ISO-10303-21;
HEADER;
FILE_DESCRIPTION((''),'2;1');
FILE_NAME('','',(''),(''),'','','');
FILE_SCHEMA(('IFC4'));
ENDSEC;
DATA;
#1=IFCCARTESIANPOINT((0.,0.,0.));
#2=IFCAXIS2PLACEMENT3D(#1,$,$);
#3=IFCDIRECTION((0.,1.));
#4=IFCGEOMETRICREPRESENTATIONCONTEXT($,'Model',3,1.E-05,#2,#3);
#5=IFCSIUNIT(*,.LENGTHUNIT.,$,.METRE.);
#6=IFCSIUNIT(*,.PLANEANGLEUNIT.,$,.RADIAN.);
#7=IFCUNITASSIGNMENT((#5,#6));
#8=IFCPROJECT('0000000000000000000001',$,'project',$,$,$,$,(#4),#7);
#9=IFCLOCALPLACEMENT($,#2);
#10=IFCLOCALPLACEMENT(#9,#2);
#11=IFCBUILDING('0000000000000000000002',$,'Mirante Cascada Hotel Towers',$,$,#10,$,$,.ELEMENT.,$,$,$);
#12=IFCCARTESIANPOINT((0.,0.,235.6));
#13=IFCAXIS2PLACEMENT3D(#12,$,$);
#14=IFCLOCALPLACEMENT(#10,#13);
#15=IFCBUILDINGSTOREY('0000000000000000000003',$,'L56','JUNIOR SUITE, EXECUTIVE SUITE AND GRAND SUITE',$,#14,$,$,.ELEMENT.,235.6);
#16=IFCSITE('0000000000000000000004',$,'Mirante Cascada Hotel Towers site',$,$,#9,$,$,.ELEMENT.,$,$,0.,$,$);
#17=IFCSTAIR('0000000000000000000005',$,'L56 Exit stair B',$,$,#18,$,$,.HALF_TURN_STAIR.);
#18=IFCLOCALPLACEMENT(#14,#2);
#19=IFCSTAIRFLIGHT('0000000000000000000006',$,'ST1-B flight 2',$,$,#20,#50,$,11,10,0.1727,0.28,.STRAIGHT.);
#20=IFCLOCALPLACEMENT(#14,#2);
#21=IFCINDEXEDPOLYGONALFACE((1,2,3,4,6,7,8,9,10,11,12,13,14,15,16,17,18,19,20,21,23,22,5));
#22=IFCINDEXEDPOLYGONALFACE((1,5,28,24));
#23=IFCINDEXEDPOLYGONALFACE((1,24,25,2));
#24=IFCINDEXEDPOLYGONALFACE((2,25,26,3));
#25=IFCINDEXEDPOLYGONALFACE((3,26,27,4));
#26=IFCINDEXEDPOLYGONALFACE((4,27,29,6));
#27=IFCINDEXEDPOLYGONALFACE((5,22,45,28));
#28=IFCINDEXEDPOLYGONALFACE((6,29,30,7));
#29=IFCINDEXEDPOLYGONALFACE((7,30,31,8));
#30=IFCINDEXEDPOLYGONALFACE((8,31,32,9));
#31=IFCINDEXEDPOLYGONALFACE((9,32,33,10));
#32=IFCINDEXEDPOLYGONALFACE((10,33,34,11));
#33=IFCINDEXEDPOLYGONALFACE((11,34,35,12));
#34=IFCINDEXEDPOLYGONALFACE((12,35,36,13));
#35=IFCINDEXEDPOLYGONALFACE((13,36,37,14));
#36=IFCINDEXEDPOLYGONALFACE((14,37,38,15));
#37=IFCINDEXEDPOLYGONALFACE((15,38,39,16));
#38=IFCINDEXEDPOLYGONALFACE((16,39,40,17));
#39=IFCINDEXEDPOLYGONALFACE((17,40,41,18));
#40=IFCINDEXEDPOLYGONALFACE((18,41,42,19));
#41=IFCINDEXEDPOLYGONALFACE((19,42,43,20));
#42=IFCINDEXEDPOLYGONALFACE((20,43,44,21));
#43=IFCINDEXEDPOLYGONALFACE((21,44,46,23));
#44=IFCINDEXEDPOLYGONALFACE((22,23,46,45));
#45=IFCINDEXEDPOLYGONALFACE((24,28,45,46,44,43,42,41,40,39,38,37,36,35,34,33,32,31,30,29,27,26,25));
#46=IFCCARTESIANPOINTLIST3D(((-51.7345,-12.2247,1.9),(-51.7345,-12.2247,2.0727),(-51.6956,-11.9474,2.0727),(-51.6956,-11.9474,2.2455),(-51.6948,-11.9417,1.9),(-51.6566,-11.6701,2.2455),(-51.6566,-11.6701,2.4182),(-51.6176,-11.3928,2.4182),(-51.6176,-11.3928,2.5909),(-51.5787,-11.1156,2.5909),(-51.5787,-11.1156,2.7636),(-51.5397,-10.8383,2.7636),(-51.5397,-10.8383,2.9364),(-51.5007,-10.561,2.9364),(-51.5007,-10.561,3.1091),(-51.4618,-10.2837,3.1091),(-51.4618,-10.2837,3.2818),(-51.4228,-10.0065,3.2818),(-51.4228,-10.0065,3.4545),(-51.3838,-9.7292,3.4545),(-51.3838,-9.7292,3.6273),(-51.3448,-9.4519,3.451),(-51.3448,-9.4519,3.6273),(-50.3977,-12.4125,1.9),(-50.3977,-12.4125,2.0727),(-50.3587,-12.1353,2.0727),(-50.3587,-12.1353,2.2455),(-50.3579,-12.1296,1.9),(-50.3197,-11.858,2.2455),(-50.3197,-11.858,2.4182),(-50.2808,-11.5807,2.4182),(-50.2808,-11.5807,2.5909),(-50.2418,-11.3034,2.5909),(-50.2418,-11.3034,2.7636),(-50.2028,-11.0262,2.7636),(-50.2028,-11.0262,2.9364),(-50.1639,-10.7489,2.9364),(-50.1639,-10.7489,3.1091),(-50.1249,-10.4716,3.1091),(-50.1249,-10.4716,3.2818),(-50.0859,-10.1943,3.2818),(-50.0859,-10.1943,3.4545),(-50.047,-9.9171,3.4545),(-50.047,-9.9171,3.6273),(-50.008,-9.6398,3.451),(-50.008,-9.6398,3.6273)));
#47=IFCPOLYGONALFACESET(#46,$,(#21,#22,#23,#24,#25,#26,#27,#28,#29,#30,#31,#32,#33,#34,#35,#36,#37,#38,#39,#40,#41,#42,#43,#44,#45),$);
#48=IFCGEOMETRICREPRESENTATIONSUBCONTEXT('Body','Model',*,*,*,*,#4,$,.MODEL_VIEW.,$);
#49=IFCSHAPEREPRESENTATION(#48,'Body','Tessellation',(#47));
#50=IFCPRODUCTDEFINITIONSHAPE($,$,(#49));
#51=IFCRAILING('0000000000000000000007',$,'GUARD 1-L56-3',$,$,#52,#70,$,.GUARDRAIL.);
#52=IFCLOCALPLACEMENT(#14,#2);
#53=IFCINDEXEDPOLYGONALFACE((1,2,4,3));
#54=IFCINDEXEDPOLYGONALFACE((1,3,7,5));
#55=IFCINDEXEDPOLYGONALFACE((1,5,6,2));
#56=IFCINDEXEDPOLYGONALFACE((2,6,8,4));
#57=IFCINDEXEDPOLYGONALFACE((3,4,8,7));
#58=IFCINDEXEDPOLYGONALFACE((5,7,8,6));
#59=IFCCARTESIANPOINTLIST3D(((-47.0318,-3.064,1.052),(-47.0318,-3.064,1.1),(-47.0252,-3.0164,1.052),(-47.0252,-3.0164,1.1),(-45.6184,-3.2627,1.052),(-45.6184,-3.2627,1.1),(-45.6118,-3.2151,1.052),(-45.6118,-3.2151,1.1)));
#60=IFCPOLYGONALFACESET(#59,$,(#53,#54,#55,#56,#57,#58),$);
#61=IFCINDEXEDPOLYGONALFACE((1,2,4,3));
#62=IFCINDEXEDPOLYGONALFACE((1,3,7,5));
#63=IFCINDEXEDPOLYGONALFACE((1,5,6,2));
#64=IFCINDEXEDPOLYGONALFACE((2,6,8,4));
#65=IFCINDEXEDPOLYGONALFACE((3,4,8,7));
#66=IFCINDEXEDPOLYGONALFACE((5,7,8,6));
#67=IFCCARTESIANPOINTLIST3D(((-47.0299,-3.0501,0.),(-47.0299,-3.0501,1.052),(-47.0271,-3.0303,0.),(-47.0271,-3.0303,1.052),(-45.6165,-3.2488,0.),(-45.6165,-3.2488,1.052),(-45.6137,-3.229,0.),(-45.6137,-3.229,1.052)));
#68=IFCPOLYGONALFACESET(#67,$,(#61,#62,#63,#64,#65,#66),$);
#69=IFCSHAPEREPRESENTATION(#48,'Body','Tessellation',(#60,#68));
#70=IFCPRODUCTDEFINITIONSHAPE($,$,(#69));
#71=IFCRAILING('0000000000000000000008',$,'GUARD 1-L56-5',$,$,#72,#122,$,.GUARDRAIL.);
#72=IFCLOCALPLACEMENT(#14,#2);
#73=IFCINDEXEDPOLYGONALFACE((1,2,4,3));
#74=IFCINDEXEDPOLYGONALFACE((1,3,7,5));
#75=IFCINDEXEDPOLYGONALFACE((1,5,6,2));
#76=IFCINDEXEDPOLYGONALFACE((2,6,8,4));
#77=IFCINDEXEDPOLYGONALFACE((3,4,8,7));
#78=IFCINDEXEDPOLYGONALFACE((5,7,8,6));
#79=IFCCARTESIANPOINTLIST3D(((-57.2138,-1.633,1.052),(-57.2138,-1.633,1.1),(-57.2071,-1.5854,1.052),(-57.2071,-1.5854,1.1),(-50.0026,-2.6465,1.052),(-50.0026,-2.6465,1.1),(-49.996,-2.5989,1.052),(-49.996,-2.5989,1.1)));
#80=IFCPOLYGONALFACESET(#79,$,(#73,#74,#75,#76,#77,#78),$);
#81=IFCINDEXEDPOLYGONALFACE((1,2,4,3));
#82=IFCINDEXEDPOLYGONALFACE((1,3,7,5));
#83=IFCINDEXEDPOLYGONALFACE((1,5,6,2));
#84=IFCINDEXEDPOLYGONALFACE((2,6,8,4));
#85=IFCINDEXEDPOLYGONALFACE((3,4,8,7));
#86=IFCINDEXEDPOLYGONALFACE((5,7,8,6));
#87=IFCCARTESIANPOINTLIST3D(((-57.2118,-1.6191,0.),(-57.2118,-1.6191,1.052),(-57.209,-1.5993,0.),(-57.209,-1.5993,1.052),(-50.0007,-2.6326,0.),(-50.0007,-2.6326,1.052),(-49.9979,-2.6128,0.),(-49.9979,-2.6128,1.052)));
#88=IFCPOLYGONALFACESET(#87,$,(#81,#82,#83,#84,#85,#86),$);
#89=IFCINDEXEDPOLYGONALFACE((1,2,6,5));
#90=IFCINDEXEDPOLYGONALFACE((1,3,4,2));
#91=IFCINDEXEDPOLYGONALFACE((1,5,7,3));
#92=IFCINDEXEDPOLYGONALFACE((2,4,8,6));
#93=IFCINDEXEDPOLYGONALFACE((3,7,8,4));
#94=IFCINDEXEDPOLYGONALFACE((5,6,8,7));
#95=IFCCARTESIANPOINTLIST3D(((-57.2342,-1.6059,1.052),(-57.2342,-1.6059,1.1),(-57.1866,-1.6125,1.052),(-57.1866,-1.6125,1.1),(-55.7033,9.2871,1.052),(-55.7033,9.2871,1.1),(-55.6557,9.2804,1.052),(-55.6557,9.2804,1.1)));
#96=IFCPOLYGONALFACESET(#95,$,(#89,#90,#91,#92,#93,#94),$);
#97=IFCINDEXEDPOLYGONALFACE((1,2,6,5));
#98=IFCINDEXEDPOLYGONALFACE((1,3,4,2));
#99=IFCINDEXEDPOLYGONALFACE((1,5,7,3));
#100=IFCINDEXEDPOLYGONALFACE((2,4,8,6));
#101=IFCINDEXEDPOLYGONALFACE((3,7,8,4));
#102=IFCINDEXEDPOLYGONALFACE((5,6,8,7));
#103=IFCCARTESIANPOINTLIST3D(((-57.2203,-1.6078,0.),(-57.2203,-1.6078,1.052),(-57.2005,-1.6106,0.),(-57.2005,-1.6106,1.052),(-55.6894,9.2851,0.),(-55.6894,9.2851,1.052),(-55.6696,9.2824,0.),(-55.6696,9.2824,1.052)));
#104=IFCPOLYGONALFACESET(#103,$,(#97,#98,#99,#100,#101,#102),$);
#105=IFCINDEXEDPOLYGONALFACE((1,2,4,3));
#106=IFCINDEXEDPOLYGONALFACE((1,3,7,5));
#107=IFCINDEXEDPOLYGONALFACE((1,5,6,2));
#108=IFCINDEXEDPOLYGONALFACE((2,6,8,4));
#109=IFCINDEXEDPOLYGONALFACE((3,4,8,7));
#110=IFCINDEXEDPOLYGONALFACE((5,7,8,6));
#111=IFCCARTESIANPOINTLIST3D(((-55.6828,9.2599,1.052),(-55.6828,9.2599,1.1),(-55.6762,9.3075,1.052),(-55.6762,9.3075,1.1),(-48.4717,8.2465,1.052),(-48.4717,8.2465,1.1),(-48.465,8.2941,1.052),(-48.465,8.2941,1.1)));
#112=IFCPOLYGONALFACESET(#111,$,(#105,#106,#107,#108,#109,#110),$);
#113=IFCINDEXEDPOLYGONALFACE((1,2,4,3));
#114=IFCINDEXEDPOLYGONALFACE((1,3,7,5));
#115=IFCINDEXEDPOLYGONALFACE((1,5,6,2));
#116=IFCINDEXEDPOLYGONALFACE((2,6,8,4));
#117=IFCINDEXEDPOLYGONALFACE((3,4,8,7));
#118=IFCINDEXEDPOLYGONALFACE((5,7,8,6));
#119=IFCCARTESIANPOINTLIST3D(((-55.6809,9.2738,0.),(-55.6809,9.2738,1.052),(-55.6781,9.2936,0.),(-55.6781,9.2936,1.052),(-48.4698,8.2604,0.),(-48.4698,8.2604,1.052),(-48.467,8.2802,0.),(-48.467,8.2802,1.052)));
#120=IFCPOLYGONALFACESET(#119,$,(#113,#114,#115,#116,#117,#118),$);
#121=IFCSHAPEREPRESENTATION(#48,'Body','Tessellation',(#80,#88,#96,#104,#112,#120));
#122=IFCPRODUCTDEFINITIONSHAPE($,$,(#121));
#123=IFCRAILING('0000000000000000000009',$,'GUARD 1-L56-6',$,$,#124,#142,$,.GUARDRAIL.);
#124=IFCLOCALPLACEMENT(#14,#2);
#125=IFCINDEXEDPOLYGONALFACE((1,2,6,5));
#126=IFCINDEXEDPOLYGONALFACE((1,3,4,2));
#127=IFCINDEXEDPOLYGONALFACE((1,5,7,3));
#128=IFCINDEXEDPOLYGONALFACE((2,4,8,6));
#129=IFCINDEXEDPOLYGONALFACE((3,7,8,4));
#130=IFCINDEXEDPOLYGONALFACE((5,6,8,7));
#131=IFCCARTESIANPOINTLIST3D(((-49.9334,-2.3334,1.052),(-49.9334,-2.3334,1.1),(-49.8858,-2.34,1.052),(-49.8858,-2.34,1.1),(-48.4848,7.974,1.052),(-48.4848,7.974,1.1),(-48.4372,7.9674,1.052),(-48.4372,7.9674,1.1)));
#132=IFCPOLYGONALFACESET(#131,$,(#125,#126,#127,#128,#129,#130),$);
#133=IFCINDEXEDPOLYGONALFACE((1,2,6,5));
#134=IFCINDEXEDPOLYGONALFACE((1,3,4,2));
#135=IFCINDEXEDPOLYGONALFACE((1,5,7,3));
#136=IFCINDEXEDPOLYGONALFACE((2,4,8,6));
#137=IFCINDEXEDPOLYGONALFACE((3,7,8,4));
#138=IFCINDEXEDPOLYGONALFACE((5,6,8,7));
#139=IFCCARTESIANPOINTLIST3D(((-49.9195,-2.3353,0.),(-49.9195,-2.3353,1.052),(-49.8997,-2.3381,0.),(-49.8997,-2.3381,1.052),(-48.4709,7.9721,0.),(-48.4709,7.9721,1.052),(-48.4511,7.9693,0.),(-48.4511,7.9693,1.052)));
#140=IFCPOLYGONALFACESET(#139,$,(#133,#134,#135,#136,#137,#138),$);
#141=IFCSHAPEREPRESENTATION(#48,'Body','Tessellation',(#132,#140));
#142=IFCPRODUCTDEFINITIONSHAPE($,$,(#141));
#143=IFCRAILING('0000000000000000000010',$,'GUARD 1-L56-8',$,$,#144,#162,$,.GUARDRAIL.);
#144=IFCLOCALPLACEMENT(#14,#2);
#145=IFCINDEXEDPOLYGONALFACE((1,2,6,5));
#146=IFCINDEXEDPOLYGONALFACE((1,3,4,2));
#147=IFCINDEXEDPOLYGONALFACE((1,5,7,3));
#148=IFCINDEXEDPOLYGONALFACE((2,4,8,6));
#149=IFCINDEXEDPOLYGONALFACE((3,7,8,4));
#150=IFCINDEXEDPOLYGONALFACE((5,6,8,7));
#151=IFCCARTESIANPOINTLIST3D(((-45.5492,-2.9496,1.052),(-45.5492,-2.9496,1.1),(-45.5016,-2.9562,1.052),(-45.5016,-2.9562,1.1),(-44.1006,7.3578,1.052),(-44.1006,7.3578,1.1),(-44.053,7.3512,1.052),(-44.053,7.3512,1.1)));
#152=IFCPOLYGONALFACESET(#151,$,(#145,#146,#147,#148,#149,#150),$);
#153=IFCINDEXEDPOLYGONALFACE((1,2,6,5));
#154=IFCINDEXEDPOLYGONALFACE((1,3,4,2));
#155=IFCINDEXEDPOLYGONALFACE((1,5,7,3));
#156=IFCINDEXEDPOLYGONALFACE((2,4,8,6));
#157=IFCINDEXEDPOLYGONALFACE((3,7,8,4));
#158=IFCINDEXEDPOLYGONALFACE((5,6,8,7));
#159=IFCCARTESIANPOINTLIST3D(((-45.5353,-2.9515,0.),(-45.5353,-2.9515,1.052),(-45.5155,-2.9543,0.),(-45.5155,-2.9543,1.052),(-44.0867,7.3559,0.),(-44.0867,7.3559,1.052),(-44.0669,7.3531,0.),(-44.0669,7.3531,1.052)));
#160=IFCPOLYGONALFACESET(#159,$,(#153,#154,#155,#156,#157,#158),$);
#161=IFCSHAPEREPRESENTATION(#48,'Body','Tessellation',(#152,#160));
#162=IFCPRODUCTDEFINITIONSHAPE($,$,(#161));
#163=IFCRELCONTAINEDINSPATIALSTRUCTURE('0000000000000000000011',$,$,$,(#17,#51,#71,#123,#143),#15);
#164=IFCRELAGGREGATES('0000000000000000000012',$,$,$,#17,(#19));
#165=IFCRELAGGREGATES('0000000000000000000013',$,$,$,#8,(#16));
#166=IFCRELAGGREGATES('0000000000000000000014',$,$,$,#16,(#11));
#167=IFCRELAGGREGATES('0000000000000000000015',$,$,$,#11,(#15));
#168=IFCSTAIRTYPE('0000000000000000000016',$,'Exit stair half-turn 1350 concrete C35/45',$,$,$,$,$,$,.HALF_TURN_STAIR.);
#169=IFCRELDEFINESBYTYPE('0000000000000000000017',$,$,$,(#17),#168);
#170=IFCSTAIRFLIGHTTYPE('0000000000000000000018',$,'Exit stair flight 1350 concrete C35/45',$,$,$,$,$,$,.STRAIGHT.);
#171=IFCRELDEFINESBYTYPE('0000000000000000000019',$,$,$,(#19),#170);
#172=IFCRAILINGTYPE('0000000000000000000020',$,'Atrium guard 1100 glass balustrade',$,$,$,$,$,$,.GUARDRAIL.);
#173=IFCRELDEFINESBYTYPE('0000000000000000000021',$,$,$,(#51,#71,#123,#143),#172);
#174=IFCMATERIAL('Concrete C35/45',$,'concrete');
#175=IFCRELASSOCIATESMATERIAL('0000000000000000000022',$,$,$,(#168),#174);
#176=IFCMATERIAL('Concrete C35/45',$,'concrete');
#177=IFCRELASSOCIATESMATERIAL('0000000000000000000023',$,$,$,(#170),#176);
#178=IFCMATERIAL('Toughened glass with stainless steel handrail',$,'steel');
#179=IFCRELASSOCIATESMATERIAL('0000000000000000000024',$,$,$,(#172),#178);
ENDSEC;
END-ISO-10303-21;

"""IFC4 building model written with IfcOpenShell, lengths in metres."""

from ifc_helpers import new_model, si_unit, direction, frame, origin, origin_2d, place, context, subcontext, project, spatial, polyline, rectangle, outline, extrude, material, type_object, element, aggregate, save


model = new_model("IFC4")

# Units and contexts
model_context = context("Model", 3, precision=1e-05, world=origin(), true_north=direction((0.0, 1.0)))
body_context = subcontext(model_context, "Body", "Model", "MODEL_VIEW")
ifc_project = project(units=[si_unit("LENGTHUNIT", "METRE"), si_unit("PLANEANGLEUNIT", "RADIAN")], contexts=[model_context])

# Site, building, storey
site_placement = place(None, origin())
site = spatial("IfcSite", under=ifc_project, at=site_placement, Name="Mirante Cascada Hotel Towers site", CompositionType="ELEMENT", RefElevation=0.0)
building_placement = place(site_placement, origin())
building = spatial("IfcBuilding", under=site, at=building_placement, Name="Mirante Cascada Hotel Towers", CompositionType="ELEMENT")
storey_placement = place(building_placement, frame((0.0, 0.0, 235.6)))
storey = spatial("IfcBuildingStorey", under=building, at=storey_placement, Name="L56", Description="JUNIOR SUITE, EXECUTIVE SUITE AND GRAND SUITE", CompositionType="ELEMENT", Elevation=235.6)

# Stair, stair flight
ifc_material_1 = material(Name="Concrete C35/45", Category="concrete")
stair_type = type_object("IfcStairType", Name="Exit stair half-turn 1350 concrete C35/45", PredefinedType="HALF_TURN_STAIR", material=ifc_material_1)
stair_placement = place(storey_placement, origin())
stair = element("IfcStair", 1, at=stair_placement, inside=storey, type_object=stair_type, Name="L56 Exit stair B", PredefinedType="HALF_TURN_STAIR")
ifc_material_2 = material(Name="Concrete C35/45", Category="concrete")
stair_flight_type = type_object("IfcStairFlightType", Name="Exit stair flight 1350 concrete C35/45", PredefinedType="STRAIGHT", material=ifc_material_2)
stair_flight_1_placement = place(storey_placement, frame((-51.0661, -12.3186, 1.9), z_axis=(0.0, 0.0, 1.0), x_axis=(0.139173, 0.990268, 0.0)))
stair_flight_1 = element("IfcStairFlight", 2, at=stair_flight_1_placement, type_object=stair_flight_type, Name="ST1-B flight 2", NumberOfRisers=11, NumberOfTreads=10, PredefinedType="STRAIGHT", RiserHeight=0.1727, TreadLength=0.28, context=body_context, shape_type="SweptSolid", body=[
    extrude(outline(polyline([(0.0, 0.0), (0.0, 0.1727), (0.28, 0.1727), (0.28, 0.3455), (0.56, 0.3455), (0.56, 0.5182), (0.84, 0.5182), (0.84, 0.6909), (1.12, 0.6909), (1.12, 0.8636), (1.4, 0.8636), (1.4, 1.0364), (1.68, 1.0364), (1.68, 1.2091), (1.96, 1.2091), (1.96, 1.3818), (2.24, 1.3818), (2.24, 1.5545), (2.52, 1.5545), (2.52, 1.7273), (2.8, 1.7273), (2.8, 1.9), (2.8, 1.551), (0.2857, 0.0), (0.0, 0.0)])), frame((0.0, 0.675, 0.0), z_axis=(0.0, -1.0, 0.0), x_axis=(1.0, 0.0, 0.0)), (0.0, 0.0, 1.0), 1.35),
])
aggregate(stair, [stair_flight_1])

# Railings
ifc_material_3 = material(Name="Toughened glass with stainless steel handrail", Category="steel")
railing_type_1 = type_object("IfcRailingType", Name="Atrium guard 1100 glass balustrade", PredefinedType="GUARDRAIL", material=ifc_material_3)
railing_1_placement = place(storey_placement, frame((-45.6151, -3.2389, 0.0)))
element("IfcRailing", 3, at=railing_1_placement, inside=storey, type_object=railing_type_1, Name="GUARD 1-L56-3", PredefinedType="GUARDRAIL", context=body_context, shape_type="SweptSolid", body=[
    extrude(rectangle(XDim=0.048, YDim=0.048, at=origin_2d()), frame((0.0, 0.0, 1.076), z_axis=(-0.990262, 0.139214, 0.0), x_axis=(-0.139214, -0.990262, 0.0)), (0.0, 0.0, 1.0), 1.4273),
    extrude(rectangle(XDim=0.02, YDim=1.052, at=origin_2d()), frame((0.0, 0.0, 0.526), z_axis=(-0.990262, 0.139214, 0.0), x_axis=(-0.139214, -0.990262, 0.0)), (0.0, 0.0, 1.0), 1.4273),
])
railing_2_placement = place(storey_placement, frame((-49.9993, -2.6227, 0.0)))
element("IfcRailing", 4, at=railing_2_placement, inside=storey, type_object=railing_type_1, Name="GUARD 1-L56-5", PredefinedType="GUARDRAIL", context=body_context, shape_type="SweptSolid", body=[
    extrude(rectangle(XDim=0.048, YDim=0.048, at=origin_2d()), frame((0.0, 0.0, 1.076), z_axis=(-0.990267, 0.139179, 0.0), x_axis=(-0.139179, -0.990267, 0.0)), (0.0, 0.0, 1.0), 7.282),
    extrude(rectangle(XDim=0.02, YDim=1.052, at=origin_2d()), frame((0.0, 0.0, 0.526), z_axis=(-0.990267, 0.139179, 0.0), x_axis=(-0.139179, -0.990267, 0.0)), (0.0, 0.0, 1.0), 7.282),
    extrude(rectangle(XDim=0.048, YDim=0.048, at=origin_2d()), frame((-7.2111, 1.0135, 1.076), z_axis=(0.139173, 0.990268, 0.0), x_axis=(-0.990268, 0.139173, 0.0)), (0.0, 0.0, 1.0), 11.0),
    extrude(rectangle(XDim=0.02, YDim=1.052, at=origin_2d()), frame((-7.2111, 1.0135, 0.526), z_axis=(0.139173, 0.990268, 0.0), x_axis=(-0.990268, 0.139173, 0.0)), (0.0, 0.0, 1.0), 11.0),
    extrude(rectangle(XDim=0.048, YDim=0.048, at=origin_2d()), frame((-5.6802, 11.9064, 1.076), z_axis=(0.990269, -0.139166, 0.0), x_axis=(0.139166, 0.990269, 0.0)), (0.0, 0.0, 1.0), 7.282),
    extrude(rectangle(XDim=0.02, YDim=1.052, at=origin_2d()), frame((-5.6802, 11.9064, 0.526), z_axis=(0.990269, -0.139166, 0.0), x_axis=(0.139166, 0.990269, 0.0)), (0.0, 0.0, 1.0), 7.282),
])
for number, where, name in (
    (5, (-49.9096, -2.3367, 0.0), "GUARD 1-L56-6"),
    (6, (-45.5254, -2.9529, 0.0), "GUARD 1-L56-8"),
):
    element("IfcRailing", number, at=place(storey_placement, frame(where)), inside=storey, type_object=railing_type_1, Name=name, PredefinedType="GUARDRAIL", context=body_context, shape_type="SweptSolid", body=[
        extrude(rectangle(XDim=0.048, YDim=0.048, at=origin_2d()), frame((0.0, 0.0, 1.076), z_axis=(0.139172, 0.990268, 0.0), x_axis=(-0.990268, 0.139172, 0.0)), (0.0, 0.0, 1.0), 10.4087),
        extrude(rectangle(XDim=0.02, YDim=1.052, at=origin_2d()), frame((0.0, 0.0, 0.526), z_axis=(0.139172, 0.990268, 0.0), x_axis=(-0.990268, 0.139172, 0.0)), (0.0, 0.0, 1.0), 10.4087),
    ])

save(model, "model.ifc")
